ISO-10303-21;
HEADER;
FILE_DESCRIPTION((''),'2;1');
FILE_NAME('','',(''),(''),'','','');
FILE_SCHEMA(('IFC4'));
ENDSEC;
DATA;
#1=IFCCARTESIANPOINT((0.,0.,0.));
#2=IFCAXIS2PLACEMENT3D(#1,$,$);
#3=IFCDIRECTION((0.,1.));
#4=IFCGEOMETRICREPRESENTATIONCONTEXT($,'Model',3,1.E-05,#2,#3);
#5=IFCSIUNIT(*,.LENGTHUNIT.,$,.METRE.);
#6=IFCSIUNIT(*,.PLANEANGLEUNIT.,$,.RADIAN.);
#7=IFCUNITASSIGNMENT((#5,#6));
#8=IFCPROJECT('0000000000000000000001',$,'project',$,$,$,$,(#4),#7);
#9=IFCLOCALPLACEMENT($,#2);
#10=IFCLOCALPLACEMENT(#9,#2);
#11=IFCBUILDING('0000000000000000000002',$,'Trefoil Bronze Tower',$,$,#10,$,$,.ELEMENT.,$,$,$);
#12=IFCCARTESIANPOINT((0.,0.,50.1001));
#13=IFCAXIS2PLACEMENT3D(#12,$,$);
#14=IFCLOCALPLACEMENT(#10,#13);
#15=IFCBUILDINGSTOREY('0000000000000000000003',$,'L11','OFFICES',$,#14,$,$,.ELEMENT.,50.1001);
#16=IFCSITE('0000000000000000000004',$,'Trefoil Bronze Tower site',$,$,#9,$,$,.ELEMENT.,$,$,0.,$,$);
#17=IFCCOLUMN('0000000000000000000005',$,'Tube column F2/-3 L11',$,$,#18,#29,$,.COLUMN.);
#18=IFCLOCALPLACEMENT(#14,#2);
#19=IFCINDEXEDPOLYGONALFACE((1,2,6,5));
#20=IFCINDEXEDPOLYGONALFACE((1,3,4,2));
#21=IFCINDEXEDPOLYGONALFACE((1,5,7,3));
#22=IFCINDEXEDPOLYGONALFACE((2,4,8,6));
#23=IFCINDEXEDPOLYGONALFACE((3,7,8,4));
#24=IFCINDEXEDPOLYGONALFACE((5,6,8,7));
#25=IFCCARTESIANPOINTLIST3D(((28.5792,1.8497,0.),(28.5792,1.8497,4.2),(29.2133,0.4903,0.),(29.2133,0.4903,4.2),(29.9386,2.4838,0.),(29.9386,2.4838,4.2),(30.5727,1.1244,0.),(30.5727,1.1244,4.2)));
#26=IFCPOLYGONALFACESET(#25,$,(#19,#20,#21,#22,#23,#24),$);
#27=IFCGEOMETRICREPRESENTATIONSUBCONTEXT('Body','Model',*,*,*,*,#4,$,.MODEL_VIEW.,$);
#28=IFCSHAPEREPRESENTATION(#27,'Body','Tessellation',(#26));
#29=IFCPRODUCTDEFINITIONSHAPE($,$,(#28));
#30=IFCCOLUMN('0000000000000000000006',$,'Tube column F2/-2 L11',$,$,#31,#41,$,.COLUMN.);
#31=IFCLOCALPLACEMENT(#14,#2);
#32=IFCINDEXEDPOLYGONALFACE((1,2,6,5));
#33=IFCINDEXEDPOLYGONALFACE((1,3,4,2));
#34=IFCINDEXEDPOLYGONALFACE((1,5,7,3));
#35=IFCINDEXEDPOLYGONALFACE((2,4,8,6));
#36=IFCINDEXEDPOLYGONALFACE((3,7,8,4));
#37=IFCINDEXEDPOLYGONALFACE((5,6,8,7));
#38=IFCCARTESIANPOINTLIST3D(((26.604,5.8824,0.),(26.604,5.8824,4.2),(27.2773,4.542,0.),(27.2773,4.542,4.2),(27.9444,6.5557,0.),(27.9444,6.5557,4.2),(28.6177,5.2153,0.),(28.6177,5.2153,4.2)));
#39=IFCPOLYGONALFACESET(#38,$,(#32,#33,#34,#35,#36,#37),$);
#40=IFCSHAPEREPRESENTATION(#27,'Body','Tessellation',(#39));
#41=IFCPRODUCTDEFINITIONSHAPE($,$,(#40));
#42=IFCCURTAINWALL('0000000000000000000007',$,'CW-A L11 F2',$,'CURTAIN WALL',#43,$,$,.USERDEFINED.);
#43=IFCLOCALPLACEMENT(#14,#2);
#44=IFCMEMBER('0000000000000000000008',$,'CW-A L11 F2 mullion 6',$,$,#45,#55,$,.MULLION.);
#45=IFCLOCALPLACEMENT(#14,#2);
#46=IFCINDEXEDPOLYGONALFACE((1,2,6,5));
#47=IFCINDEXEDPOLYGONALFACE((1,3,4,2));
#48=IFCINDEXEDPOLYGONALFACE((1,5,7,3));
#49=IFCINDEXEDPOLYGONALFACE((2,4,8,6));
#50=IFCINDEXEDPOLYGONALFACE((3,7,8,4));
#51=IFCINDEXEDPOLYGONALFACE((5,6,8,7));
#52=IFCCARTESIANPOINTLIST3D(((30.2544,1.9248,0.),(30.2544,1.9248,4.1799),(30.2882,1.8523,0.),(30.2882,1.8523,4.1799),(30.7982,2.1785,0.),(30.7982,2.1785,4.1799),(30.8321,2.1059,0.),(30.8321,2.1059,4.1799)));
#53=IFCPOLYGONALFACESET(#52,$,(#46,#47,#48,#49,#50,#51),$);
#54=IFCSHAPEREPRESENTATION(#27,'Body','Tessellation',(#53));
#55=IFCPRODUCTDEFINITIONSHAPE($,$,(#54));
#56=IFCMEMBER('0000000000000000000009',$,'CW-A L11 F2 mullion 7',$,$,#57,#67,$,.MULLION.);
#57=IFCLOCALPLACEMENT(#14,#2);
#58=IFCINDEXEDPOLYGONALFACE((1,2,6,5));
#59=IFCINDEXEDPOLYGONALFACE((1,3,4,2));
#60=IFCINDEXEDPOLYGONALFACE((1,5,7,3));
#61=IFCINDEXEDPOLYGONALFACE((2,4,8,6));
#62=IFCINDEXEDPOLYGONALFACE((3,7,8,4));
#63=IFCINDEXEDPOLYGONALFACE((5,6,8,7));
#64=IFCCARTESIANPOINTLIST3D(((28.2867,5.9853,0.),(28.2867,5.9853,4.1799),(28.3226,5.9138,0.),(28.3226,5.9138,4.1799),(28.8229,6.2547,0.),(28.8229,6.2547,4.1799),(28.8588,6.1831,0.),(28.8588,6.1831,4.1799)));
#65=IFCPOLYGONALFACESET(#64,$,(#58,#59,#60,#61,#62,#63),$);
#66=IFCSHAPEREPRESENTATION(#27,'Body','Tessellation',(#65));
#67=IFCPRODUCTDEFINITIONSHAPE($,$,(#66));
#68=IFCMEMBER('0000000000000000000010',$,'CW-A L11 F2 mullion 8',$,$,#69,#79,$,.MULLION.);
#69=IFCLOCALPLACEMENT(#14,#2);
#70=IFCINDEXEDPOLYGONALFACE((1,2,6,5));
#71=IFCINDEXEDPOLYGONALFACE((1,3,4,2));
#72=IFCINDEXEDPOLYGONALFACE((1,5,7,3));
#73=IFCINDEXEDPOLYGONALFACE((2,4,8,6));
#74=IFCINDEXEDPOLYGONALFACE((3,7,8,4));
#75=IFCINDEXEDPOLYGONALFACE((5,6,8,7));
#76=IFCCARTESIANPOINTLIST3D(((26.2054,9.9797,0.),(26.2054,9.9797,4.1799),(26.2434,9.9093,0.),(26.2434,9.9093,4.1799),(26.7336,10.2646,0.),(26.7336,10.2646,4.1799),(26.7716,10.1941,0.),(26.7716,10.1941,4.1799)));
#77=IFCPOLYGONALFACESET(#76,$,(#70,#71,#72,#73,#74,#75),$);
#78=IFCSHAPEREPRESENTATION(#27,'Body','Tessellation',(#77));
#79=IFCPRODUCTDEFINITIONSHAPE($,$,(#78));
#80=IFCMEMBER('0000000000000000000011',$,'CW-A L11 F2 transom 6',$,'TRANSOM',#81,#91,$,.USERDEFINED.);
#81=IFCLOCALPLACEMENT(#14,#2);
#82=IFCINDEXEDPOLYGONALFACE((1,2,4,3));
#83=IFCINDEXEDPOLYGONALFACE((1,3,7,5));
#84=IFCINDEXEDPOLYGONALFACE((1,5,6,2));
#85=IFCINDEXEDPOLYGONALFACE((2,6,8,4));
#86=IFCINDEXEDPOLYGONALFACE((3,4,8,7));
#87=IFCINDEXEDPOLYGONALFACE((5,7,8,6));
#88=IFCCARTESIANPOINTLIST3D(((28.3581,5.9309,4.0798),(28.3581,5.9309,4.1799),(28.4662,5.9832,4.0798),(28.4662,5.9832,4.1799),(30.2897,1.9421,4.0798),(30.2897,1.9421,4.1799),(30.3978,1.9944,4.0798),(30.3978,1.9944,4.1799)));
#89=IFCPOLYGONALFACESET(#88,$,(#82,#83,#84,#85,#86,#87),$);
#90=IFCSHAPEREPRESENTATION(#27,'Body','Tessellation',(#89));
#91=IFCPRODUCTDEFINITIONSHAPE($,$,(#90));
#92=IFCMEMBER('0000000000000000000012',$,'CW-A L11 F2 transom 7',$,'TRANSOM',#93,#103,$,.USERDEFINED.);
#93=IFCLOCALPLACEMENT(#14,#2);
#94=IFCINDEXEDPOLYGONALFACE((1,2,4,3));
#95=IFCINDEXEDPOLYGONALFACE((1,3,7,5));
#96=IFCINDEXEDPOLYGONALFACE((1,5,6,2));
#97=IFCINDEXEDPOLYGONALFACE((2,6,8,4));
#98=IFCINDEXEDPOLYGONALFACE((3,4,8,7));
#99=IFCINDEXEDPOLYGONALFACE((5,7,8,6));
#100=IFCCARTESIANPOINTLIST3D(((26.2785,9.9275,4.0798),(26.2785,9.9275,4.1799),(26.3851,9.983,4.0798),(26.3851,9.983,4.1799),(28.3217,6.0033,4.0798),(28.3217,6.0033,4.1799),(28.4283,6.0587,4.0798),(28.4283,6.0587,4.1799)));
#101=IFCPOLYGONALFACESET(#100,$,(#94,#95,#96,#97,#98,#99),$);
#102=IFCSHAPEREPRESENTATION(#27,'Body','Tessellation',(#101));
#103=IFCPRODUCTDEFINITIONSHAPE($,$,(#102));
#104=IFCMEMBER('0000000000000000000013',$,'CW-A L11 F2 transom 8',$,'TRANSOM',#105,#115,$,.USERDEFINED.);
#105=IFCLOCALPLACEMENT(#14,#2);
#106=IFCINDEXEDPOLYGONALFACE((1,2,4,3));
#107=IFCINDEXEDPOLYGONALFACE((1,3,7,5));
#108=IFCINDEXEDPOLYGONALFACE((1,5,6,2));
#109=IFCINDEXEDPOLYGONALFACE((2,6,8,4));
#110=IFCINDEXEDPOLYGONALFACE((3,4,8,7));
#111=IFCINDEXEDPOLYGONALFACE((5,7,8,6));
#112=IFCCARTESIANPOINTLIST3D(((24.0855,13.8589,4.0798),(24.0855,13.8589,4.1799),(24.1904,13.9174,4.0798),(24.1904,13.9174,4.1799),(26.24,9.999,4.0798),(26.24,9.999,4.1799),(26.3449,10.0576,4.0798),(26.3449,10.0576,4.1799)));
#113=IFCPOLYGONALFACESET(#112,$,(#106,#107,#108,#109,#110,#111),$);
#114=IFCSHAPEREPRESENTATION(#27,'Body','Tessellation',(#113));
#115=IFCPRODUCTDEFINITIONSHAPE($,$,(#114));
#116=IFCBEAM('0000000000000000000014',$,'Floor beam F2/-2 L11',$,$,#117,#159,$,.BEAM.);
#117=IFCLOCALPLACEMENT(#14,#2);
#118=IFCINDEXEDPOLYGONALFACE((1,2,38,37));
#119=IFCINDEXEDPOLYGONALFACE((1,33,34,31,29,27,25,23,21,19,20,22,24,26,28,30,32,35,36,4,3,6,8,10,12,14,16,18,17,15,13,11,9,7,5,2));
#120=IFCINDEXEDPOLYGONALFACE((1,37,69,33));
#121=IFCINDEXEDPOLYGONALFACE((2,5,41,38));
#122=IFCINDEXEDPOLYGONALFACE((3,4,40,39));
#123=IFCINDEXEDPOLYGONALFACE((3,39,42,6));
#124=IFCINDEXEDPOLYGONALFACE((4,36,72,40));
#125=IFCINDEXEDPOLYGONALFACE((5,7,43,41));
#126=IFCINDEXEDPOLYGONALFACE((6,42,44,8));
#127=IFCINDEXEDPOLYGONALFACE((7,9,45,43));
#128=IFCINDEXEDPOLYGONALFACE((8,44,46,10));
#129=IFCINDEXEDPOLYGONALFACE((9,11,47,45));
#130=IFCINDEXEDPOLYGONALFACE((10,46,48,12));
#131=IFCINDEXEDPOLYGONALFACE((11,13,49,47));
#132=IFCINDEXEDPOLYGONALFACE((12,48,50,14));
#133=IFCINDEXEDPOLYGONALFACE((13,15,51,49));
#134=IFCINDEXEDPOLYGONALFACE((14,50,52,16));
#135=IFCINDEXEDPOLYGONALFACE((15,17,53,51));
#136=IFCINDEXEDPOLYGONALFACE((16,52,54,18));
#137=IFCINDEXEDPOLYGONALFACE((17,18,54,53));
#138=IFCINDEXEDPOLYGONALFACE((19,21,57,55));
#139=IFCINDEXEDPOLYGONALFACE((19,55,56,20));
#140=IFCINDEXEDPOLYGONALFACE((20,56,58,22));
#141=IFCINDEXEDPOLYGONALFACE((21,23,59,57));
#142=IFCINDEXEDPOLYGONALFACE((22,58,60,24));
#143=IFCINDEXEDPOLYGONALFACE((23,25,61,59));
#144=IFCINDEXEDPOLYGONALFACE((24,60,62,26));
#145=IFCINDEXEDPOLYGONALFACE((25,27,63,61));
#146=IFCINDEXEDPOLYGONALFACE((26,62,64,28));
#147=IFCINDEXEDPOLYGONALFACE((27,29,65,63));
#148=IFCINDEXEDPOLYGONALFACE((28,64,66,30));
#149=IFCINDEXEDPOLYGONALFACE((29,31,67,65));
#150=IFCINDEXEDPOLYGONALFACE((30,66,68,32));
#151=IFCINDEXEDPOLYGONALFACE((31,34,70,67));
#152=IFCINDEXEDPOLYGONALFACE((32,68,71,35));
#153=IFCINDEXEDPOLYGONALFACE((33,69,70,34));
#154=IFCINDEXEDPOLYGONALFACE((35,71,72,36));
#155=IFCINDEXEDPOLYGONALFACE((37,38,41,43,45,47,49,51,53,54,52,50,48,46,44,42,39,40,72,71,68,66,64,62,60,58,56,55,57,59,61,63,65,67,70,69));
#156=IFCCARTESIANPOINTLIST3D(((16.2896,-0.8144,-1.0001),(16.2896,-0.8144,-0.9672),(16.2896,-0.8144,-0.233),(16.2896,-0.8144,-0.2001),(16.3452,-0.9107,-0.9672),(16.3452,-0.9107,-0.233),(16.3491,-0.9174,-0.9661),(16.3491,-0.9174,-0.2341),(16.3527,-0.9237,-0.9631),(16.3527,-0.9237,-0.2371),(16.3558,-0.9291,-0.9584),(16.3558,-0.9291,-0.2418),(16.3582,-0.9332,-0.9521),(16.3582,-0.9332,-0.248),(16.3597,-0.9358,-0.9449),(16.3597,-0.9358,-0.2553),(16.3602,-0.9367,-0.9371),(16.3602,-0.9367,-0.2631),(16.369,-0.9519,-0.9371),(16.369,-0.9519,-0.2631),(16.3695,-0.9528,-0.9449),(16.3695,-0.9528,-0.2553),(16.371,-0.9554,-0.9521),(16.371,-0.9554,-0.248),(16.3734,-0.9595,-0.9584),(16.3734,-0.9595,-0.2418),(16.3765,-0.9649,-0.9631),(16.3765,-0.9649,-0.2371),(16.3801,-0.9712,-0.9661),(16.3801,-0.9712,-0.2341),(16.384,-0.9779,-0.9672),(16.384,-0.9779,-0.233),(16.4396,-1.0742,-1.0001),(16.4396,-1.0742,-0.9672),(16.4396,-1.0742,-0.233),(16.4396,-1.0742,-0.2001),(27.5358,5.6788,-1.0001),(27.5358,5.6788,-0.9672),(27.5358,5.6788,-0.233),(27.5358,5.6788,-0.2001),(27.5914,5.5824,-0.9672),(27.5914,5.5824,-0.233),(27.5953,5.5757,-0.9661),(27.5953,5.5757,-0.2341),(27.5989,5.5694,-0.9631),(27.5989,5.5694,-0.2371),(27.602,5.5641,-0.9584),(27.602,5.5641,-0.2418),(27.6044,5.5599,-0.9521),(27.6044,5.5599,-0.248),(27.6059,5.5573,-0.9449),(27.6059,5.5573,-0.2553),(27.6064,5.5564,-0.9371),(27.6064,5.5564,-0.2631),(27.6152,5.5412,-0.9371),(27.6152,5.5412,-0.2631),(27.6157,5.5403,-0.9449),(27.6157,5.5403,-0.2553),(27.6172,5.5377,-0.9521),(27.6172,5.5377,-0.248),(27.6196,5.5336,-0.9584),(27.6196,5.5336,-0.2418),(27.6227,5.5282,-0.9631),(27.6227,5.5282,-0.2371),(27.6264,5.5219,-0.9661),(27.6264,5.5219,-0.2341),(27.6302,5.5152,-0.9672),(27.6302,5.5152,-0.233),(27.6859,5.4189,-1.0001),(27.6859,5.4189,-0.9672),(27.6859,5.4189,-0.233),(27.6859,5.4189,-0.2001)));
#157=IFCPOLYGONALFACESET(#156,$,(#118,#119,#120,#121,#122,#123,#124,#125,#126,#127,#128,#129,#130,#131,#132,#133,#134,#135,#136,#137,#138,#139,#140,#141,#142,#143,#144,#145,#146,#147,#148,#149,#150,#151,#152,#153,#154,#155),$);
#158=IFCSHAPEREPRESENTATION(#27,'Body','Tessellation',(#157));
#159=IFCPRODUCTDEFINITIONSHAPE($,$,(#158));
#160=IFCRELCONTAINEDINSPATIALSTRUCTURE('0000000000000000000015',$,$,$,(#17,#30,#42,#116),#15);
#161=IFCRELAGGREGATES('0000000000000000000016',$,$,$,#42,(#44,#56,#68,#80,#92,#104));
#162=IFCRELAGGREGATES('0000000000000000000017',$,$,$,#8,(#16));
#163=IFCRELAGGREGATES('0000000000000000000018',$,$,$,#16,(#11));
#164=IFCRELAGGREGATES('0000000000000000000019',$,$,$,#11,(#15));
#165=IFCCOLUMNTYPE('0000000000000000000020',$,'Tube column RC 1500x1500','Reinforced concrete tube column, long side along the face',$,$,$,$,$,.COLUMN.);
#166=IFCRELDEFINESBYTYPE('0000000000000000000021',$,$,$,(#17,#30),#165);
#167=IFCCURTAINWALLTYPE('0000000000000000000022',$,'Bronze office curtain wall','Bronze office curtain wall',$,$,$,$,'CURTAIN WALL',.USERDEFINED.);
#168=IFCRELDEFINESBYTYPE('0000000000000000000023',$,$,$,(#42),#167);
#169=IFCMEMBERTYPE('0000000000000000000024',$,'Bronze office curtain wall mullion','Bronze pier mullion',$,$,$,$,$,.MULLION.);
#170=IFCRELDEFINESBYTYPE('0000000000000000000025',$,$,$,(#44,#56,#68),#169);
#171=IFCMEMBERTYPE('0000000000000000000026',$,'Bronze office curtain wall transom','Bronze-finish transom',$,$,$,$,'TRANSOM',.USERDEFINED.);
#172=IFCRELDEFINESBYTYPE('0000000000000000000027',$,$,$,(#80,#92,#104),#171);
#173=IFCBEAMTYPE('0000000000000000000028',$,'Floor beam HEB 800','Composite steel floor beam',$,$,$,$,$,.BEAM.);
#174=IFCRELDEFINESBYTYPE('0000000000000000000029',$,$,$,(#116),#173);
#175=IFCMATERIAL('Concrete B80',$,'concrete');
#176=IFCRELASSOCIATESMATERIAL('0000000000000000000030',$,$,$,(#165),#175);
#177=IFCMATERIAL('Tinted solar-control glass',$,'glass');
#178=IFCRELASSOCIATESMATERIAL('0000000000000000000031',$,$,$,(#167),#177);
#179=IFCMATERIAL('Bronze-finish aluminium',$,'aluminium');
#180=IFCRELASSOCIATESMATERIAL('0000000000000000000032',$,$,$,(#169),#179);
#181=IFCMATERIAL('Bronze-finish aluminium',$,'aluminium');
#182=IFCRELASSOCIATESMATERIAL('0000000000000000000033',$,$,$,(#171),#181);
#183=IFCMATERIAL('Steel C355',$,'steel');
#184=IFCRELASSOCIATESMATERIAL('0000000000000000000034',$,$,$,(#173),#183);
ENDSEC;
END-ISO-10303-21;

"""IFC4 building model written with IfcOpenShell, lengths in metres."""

from ifc_helpers import new_model, si_unit, direction, frame, origin, origin_2d, place, context, subcontext, project, spatial, rectangle, i_section, extrude, material, material_profile, profile_set, type_object, element, aggregate, save


model = new_model("IFC4")

# Units and contexts
model_context = context("Model", 3, precision=1e-05, world=origin(), true_north=direction((0.0, 1.0)))
body_context = subcontext(model_context, "Body", "Model", "MODEL_VIEW")
ifc_project = project(units=[si_unit("LENGTHUNIT", "METRE"), si_unit("PLANEANGLEUNIT", "RADIAN")], contexts=[model_context])

# Site, building, storey
site_placement = place(None, origin())
site = spatial("IfcSite", under=ifc_project, at=site_placement, Name="Trefoil Bronze Tower site", CompositionType="ELEMENT", RefElevation=0.0)
building_placement = place(site_placement, origin())
building = spatial("IfcBuilding", under=site, at=building_placement, Name="Trefoil Bronze Tower", CompositionType="ELEMENT")
storey_placement = place(building_placement, frame((0.0, 0.0, 50.1001)))
storey = spatial("IfcBuildingStorey", under=building, at=storey_placement, Name="L11", Description="OFFICES", CompositionType="ELEMENT", Elevation=50.1001)

# Columns
ifc_material_1 = material(Name="Concrete B80", Category="concrete")
ifc_material_profile_1 = material_profile(ifc_material_1, rectangle(XDim=1.5, YDim=1.5, at=origin_2d()), Name="RC 1500x1500")
ifc_profile_set_1 = profile_set([ifc_material_profile_1], Name="Concrete B80")
column_type = type_object("IfcColumnType", Name="Tube column RC 1500x1500", Description="Reinforced concrete tube column, long side along the face", PredefinedType="COLUMN", material=ifc_profile_set_1)
for number, where, z_axis, x_axis, name in (
    (1, (29.5759, 1.4871, 0.0), (0.0, 0.0, 1.0), (-0.422701, 0.906269, 0.0), "Tube column F2/-3 L11"),
    (2, (27.6108, 5.5488, 0.0), (0.0, 0.0, 1.0), (-0.44889, 0.893587, 0.0), "Tube column F2/-2 L11"),
):
    element("IfcColumn", number, at=place(storey_placement, frame(where, z_axis=z_axis, x_axis=x_axis)), inside=storey, type_object=column_type, Name=name, PredefinedType="COLUMN", context=body_context, shape_type="SweptSolid", body=[
        extrude(rectangle(XDim=1.5, YDim=1.5, at=origin_2d()), origin(), (0.0, 0.0, 1.0), 4.2),
    ])

# Curtain wall, members
ifc_material_2 = material(Name="Tinted solar-control glass", Category="glass")
curtain_wall_type = type_object("IfcCurtainWallType", Name="Bronze office curtain wall", Description="Bronze office curtain wall", ElementType="CURTAIN WALL", PredefinedType="USERDEFINED", material=ifc_material_2)
curtain_wall_placement = place(storey_placement, origin())
curtain_wall = element("IfcCurtainWall", 3, at=curtain_wall_placement, inside=storey, type_object=curtain_wall_type, Name="CW-A L11 F2", ObjectType="CURTAIN WALL", PredefinedType="USERDEFINED")
ifc_material_3 = material(Name="Bronze-finish aluminium", Category="aluminium")
ifc_material_profile_2 = material_profile(ifc_material_3, rectangle(XDim=0.6001, YDim=0.0801, at=origin_2d()), Name="CW-A mullion")
ifc_profile_set_2 = profile_set([ifc_material_profile_2], Name="Bronze-finish aluminium")
member_type_1 = type_object("IfcMemberType", Name="Bronze office curtain wall mullion", Description="Bronze pier mullion", PredefinedType="MULLION", material=ifc_profile_set_2)
member_1_placement = place(storey_placement, frame((30.5432, 2.0154, 0.0), z_axis=(0.0, 0.0, 1.0), x_axis=(-0.906269, -0.422701, 0.0)))
member_1 = element("IfcMember", 4, at=member_1_placement, type_object=member_type_1, Name="CW-A L11 F2 mullion 6", PredefinedType="MULLION", context=body_context, shape_type="SweptSolid", body=[
    extrude(rectangle(XDim=0.6001, YDim=0.0801, at=origin_2d()), origin(), (0.0, 0.0, 1.0), 4.1799),
])
member_2_placement = place(storey_placement, frame((28.5728, 6.0842, 0.0), z_axis=(0.0, 0.0, 1.0), x_axis=(-0.893587, -0.44889, 0.0)))
member_2 = element("IfcMember", 5, at=member_2_placement, type_object=member_type_1, Name="CW-A L11 F2 mullion 7", PredefinedType="MULLION", context=body_context, shape_type="SweptSolid", body=[
    extrude(rectangle(XDim=0.6001, YDim=0.0801, at=origin_2d()), origin(), (0.0, 0.0, 1.0), 4.1799),
])
member_3_placement = place(storey_placement, frame((26.4885, 10.0869, 0.0), z_axis=(0.0, 0.0, 1.0), x_axis=(-0.880171, -0.474656, 0.0)))
member_3 = element("IfcMember", 6, at=member_3_placement, type_object=member_type_1, Name="CW-A L11 F2 mullion 8", PredefinedType="MULLION", context=body_context, shape_type="SweptSolid", body=[
    extrude(rectangle(XDim=0.6001, YDim=0.0801, at=origin_2d()), origin(), (0.0, 0.0, 1.0), 4.1799),
])
ifc_material_4 = material(Name="Bronze-finish aluminium", Category="aluminium")
ifc_material_profile_3 = material_profile(ifc_material_4, rectangle(XDim=0.1201, YDim=0.1001, at=origin_2d()), Name="CW-A transom")
ifc_profile_set_3 = profile_set([ifc_material_profile_3], Name="Bronze-finish aluminium")
member_type_2 = type_object("IfcMemberType", Name="Bronze office curtain wall transom", Description="Bronze-finish transom", ElementType="TRANSOM", PredefinedType="USERDEFINED", material=ifc_profile_set_3)
member_4_placement = place(storey_placement, frame((30.3438, 1.9683, 4.1299), z_axis=(-0.435852, 0.900018, 0.0), x_axis=(-0.900018, -0.435852, 0.0)))
member_4 = element("IfcMember", 7, at=member_4_placement, type_object=member_type_2, Name="CW-A L11 F2 transom 6", ObjectType="TRANSOM", PredefinedType="USERDEFINED", context=body_context, shape_type="SweptSolid", body=[
    extrude(rectangle(XDim=0.1201, YDim=0.1001, at=origin_2d()), origin(), (0.0, 0.0, 1.0), 4.4319),
])
member_5_placement = place(storey_placement, frame((28.375, 6.031, 4.1299), z_axis=(-0.46181, 0.886979, 0.0), x_axis=(-0.886979, -0.46181, 0.0)))
member_5 = element("IfcMember", 8, at=member_5_placement, type_object=member_type_2, Name="CW-A L11 F2 transom 7", ObjectType="TRANSOM", PredefinedType="USERDEFINED", context=body_context, shape_type="SweptSolid", body=[
    extrude(rectangle(XDim=0.1201, YDim=0.1001, at=origin_2d()), origin(), (0.0, 0.0, 1.0), 4.4243),
])
member_6_placement = place(storey_placement, frame((26.2925, 10.0283, 4.1299), z_axis=(-0.4874, 0.873179, 0.0), x_axis=(-0.873179, -0.4874, 0.0)))
member_6 = element("IfcMember", 9, at=member_6_placement, type_object=member_type_2, Name="CW-A L11 F2 transom 8", ObjectType="TRANSOM", PredefinedType="USERDEFINED", context=body_context, shape_type="SweptSolid", body=[
    extrude(rectangle(XDim=0.1201, YDim=0.1001, at=origin_2d()), origin(), (0.0, 0.0, 1.0), 4.4204),
])

# Beam
ifc_material_5 = material(Name="Steel C355", Category="steel")
ifc_material_profile_4 = material_profile(ifc_material_5, i_section(OverallWidth=0.3, OverallDepth=0.8, WebThickness=0.0176, FlangeThickness=0.033, FilletRadius=0.03, at=origin_2d()), Name="HEB 800")
ifc_profile_set_4 = profile_set([ifc_material_profile_4], Name="Steel C355")
beam_type_1 = type_object("IfcBeamType", Name="Floor beam HEB 800", Description="Composite steel floor beam", PredefinedType="BEAM", material=ifc_profile_set_4)
beam_1_placement = place(storey_placement, frame((27.6108, 5.5488, -0.6001), z_axis=(-0.866022, -0.500005, 0.0), x_axis=(0.500005, -0.866022, 0.0)))
element("IfcBeam", 10, at=beam_1_placement, inside=storey, type_object=beam_type_1, Name="Floor beam F2/-2 L11", PredefinedType="BEAM", context=body_context, shape_type="SweptSolid", body=[
    extrude(i_section(OverallWidth=0.3, OverallDepth=0.8, WebThickness=0.0176, FlangeThickness=0.033, FilletRadius=0.03, at=origin_2d()), origin(), (0.0, 0.0, 1.0), 12.9861),
])

aggregate(curtain_wall, [member_1, member_2, member_3, member_4, member_5, member_6])

save(model, "model.ifc")
